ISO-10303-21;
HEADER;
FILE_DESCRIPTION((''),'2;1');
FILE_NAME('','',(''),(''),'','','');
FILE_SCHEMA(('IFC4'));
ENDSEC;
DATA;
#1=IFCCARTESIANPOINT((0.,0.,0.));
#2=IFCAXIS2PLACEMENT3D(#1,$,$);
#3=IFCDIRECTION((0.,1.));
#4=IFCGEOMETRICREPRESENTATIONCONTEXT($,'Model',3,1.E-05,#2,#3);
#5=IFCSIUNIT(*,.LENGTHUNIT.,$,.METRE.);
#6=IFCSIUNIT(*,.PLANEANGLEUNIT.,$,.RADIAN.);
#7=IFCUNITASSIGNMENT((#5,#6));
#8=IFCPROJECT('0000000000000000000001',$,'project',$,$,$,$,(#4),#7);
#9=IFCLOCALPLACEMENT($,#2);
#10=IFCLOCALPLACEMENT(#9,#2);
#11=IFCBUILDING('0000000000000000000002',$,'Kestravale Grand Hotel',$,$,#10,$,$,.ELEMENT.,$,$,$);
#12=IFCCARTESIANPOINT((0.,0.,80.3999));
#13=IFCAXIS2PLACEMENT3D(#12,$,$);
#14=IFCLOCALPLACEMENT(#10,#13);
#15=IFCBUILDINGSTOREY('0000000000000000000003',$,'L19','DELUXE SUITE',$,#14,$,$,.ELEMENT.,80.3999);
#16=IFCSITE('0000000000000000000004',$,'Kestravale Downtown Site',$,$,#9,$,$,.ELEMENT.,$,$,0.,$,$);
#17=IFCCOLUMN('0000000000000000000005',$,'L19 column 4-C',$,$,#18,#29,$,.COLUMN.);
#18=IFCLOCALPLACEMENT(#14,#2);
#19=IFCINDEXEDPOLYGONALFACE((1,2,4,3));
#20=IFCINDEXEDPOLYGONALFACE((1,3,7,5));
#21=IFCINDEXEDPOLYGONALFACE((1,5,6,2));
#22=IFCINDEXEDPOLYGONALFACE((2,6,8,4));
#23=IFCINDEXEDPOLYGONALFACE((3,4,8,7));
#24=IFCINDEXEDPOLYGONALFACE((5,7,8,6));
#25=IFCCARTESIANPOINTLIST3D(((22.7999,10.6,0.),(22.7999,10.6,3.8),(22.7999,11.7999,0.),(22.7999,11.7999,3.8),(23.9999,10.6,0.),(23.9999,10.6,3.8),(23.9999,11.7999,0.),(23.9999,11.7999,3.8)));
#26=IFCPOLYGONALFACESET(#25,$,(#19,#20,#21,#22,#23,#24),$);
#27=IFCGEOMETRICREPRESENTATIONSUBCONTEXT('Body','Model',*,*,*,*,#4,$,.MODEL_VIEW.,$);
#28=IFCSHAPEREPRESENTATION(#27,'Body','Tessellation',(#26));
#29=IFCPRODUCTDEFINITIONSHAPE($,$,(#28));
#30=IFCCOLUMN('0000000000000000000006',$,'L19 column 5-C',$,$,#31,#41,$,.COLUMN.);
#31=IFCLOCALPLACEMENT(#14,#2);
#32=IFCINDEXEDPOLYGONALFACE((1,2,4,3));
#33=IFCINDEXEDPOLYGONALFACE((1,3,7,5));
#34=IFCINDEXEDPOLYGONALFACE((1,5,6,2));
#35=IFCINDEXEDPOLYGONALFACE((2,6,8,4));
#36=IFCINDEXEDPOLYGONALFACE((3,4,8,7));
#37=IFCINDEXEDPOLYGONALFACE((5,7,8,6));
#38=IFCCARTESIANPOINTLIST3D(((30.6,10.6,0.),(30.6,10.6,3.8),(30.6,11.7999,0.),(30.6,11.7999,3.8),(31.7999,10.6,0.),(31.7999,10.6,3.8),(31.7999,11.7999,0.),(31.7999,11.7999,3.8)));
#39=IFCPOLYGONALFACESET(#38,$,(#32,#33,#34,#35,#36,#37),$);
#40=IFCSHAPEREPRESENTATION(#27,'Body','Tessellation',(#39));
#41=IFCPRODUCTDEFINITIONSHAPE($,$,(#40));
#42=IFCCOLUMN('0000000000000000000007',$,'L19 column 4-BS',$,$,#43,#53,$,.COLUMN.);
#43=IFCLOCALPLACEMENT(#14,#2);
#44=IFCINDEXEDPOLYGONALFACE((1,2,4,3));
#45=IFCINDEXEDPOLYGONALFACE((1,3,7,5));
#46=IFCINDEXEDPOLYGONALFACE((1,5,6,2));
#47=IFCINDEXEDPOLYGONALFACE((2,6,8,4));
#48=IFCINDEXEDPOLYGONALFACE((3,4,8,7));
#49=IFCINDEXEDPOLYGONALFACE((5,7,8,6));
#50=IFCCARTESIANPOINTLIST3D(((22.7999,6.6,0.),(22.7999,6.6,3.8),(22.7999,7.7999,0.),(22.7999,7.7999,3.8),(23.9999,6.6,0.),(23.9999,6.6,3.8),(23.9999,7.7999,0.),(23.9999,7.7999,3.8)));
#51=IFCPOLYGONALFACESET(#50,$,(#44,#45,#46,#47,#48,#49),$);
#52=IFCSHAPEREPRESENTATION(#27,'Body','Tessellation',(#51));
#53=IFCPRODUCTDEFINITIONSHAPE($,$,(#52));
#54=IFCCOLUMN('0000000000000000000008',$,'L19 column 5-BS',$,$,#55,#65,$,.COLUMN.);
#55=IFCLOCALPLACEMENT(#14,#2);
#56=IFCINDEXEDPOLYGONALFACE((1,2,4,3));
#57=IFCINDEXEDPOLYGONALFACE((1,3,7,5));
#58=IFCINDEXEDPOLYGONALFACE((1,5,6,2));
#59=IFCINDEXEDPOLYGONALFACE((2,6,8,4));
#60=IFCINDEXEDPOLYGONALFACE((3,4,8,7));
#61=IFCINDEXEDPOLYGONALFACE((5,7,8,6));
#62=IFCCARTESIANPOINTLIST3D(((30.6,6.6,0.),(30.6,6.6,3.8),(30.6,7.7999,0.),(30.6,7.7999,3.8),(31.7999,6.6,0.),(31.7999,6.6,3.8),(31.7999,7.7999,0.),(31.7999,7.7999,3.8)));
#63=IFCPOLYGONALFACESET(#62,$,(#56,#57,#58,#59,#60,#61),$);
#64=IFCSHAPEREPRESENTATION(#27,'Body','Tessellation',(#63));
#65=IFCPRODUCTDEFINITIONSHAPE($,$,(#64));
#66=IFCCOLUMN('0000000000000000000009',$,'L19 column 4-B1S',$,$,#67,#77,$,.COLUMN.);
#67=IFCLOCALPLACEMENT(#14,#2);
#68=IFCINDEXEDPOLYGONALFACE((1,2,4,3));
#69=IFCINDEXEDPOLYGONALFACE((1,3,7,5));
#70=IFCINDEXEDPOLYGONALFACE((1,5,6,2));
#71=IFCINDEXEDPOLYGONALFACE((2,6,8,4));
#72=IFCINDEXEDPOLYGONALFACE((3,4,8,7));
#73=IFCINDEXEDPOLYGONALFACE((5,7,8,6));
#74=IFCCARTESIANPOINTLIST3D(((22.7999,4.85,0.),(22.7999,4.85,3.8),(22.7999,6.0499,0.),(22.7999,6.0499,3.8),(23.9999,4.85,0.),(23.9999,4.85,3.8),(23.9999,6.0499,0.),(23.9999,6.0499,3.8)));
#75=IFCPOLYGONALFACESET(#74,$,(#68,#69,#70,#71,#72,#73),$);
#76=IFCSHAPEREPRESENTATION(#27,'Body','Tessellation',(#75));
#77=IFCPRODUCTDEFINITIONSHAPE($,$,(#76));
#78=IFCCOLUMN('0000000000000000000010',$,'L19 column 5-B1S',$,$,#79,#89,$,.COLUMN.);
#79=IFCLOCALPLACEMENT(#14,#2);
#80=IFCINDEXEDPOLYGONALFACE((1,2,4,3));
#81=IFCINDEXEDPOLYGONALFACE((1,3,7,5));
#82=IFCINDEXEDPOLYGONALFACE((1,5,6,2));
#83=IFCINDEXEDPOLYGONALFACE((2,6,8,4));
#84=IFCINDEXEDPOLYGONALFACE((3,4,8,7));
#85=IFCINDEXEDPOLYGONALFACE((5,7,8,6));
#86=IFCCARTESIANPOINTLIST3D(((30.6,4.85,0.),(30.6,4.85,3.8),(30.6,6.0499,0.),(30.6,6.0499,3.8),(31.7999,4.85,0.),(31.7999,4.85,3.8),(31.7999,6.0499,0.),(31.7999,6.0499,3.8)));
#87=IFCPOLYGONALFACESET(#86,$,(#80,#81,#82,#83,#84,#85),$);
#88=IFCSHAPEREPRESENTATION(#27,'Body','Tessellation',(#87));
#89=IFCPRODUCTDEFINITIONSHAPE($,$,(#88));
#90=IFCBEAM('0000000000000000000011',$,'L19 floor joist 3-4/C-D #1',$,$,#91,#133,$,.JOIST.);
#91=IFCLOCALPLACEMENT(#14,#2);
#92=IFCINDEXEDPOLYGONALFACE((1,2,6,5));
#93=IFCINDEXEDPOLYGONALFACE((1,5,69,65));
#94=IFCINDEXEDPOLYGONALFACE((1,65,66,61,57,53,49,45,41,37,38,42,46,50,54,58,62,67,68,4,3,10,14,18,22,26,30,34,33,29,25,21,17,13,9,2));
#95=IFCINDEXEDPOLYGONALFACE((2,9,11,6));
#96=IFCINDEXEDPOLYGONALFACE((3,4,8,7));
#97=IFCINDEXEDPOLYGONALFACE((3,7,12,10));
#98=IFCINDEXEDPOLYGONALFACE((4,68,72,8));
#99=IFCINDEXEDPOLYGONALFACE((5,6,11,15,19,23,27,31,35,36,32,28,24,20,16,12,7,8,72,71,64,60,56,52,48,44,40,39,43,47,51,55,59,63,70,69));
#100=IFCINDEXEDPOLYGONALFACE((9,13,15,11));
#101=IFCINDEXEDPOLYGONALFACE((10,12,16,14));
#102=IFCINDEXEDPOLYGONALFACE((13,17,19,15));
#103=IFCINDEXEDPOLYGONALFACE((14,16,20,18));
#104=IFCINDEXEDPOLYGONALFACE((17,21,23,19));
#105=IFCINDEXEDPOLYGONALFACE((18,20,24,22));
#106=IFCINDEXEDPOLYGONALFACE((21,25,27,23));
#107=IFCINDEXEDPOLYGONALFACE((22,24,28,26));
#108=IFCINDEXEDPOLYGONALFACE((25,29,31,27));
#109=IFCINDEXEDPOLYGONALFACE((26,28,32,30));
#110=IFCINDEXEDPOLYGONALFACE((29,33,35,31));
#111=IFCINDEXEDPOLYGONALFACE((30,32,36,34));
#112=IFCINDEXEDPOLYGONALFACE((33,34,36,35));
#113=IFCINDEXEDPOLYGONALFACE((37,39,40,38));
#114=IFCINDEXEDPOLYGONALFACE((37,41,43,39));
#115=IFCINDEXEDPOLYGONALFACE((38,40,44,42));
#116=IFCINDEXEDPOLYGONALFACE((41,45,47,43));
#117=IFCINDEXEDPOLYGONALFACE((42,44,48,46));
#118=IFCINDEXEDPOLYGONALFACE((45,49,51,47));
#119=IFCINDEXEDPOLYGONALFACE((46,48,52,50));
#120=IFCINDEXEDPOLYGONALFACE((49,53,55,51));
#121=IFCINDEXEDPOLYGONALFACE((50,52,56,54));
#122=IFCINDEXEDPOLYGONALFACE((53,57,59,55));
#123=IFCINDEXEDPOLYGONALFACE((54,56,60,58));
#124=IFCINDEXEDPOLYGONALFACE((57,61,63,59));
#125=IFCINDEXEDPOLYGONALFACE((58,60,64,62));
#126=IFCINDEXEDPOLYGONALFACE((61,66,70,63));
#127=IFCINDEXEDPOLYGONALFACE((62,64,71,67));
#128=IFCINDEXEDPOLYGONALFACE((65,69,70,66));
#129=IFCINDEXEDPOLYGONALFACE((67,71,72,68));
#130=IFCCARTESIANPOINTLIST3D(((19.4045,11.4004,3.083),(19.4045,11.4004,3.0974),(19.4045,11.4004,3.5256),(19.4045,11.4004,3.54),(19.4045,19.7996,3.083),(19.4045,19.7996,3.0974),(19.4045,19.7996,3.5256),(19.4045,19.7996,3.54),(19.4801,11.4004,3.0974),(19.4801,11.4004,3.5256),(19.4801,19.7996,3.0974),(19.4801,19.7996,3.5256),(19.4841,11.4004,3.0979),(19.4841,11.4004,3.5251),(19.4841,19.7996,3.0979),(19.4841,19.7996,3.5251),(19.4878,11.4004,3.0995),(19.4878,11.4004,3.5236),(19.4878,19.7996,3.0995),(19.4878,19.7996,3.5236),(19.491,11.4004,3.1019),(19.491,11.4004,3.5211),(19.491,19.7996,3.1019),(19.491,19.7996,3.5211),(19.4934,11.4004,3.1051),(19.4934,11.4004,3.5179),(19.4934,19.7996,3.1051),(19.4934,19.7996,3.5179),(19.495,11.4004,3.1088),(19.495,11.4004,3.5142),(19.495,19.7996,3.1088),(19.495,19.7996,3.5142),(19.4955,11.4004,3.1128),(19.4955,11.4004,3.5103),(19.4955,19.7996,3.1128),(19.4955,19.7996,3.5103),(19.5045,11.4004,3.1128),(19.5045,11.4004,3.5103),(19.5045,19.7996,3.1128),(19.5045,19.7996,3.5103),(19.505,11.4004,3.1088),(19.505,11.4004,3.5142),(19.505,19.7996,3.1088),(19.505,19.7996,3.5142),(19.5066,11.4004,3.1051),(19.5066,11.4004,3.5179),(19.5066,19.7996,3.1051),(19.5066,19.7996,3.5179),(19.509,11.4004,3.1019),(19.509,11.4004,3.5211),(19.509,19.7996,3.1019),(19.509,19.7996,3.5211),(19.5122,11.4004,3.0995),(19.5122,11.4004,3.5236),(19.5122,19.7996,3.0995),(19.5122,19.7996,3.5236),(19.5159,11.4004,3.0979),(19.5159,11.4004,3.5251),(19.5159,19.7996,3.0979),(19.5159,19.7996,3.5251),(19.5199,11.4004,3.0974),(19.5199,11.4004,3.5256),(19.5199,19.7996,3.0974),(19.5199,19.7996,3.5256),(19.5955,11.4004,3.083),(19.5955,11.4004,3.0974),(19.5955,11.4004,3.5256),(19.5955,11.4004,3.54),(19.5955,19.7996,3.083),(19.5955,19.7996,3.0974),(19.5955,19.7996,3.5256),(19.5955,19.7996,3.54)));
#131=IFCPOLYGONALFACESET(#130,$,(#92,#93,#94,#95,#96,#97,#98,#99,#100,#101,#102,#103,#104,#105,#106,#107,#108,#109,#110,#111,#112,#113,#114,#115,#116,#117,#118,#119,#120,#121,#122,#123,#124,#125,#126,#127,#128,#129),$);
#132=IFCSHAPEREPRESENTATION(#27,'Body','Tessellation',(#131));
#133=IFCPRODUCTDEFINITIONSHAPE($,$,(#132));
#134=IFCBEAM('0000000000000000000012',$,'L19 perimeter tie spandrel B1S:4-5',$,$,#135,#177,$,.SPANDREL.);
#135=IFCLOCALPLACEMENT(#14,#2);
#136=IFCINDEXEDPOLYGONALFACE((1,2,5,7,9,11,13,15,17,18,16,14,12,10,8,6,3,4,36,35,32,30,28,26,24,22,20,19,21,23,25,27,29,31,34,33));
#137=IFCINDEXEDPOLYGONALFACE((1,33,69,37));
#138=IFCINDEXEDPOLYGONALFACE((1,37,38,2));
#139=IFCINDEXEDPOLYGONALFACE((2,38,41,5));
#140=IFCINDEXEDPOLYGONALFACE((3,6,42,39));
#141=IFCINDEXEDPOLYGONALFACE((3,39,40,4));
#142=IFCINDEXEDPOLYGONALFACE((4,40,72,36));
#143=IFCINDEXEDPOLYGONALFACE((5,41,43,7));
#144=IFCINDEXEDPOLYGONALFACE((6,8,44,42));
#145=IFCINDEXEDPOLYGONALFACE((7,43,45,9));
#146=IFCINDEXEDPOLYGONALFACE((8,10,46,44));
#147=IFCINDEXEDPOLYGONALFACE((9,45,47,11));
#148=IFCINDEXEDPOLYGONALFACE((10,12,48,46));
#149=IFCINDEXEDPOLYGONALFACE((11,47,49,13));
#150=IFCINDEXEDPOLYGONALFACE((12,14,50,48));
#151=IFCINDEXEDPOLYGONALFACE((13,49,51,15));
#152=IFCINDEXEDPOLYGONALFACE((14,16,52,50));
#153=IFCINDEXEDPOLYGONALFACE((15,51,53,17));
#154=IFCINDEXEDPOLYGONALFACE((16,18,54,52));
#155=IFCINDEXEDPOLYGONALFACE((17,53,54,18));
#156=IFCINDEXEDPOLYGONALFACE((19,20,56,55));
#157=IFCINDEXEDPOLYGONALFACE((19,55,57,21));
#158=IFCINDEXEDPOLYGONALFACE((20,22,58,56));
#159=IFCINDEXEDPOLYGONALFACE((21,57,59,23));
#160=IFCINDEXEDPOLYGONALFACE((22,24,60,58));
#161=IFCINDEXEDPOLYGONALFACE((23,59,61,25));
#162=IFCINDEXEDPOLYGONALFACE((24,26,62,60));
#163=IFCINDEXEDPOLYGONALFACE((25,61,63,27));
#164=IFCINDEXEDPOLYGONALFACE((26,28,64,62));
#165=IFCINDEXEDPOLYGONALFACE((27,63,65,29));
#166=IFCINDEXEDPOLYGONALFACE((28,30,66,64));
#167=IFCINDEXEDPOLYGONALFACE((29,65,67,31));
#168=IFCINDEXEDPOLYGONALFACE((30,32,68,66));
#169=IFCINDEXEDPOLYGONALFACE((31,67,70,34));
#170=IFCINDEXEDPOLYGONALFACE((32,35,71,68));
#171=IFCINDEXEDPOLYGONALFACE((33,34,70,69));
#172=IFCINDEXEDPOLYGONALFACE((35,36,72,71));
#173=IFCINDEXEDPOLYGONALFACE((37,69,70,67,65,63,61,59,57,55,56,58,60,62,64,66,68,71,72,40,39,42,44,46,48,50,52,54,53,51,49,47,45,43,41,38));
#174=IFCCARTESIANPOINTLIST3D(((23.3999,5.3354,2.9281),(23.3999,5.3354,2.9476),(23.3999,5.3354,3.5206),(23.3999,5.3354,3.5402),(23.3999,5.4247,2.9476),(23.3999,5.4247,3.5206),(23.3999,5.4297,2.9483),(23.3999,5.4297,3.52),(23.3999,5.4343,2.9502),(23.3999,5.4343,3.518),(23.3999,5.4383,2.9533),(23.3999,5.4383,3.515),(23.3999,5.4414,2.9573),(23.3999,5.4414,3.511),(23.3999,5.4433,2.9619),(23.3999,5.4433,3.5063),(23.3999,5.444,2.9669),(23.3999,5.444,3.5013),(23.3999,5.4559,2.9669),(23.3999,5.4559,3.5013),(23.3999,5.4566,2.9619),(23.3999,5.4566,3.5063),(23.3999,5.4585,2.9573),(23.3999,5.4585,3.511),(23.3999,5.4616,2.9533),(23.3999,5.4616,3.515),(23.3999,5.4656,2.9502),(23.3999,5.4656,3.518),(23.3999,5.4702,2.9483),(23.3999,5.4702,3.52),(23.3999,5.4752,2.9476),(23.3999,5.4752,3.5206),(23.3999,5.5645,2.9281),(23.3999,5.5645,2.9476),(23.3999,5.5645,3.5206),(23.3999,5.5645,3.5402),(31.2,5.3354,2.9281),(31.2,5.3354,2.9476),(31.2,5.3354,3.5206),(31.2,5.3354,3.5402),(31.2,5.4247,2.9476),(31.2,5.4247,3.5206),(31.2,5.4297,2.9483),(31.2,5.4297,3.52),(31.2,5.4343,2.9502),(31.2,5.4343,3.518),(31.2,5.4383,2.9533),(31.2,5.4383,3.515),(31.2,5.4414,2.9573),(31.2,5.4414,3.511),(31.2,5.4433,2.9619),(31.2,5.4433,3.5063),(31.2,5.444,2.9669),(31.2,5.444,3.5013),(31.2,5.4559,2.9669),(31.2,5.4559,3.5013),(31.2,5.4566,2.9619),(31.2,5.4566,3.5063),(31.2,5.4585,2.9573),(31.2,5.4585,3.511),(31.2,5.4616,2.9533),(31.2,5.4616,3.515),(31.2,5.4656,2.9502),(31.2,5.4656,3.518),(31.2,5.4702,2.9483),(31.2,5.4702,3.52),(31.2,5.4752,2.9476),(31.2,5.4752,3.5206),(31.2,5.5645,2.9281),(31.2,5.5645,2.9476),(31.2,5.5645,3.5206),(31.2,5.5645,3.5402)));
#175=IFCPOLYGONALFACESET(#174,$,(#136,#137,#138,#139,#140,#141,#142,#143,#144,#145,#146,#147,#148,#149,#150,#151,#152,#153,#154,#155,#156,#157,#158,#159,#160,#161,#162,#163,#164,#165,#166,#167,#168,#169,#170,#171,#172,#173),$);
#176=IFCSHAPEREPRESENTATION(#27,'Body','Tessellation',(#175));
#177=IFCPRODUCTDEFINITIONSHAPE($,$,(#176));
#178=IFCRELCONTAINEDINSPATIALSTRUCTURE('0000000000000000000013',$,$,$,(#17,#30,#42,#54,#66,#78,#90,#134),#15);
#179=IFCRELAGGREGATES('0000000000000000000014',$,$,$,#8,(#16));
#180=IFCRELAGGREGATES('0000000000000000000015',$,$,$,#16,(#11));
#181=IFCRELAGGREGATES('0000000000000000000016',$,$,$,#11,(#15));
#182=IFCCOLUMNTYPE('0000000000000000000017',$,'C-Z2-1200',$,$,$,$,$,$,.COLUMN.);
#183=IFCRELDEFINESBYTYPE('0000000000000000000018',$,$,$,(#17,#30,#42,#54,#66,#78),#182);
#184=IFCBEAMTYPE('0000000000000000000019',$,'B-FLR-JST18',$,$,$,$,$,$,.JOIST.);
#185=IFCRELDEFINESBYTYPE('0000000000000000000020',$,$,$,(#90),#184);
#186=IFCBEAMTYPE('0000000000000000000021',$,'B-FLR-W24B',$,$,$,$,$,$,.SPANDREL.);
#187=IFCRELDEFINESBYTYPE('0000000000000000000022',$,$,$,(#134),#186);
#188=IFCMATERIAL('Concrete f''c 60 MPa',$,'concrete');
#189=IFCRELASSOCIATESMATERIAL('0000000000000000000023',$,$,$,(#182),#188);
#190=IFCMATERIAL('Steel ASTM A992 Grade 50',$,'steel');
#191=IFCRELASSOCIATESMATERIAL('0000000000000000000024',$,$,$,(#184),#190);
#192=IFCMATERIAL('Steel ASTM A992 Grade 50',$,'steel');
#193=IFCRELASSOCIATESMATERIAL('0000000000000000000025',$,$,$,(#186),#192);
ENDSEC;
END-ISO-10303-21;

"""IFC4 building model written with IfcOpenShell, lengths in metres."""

from ifc_helpers import new_model, si_unit, direction, frame, origin, origin_2d, place, context, subcontext, project, spatial, rectangle, i_section, extrude, material, material_profile, profile_set, type_object, element, save


model = new_model("IFC4")

# Units and contexts
model_context = context("Model", 3, precision=1e-05, world=origin(), true_north=direction((0.0, 1.0)))
body_context = subcontext(model_context, "Body", "Model", "MODEL_VIEW")
ifc_project = project(units=[si_unit("LENGTHUNIT", "METRE"), si_unit("PLANEANGLEUNIT", "RADIAN")], contexts=[model_context])

# Site, building, storey
site_placement = place(None, origin())
site = spatial("IfcSite", under=ifc_project, at=site_placement, Name="Kestravale Downtown Site", CompositionType="ELEMENT", RefElevation=0.0)
building_placement = place(site_placement, origin())
building = spatial("IfcBuilding", under=site, at=building_placement, Name="Kestravale Grand Hotel", CompositionType="ELEMENT")
storey_placement = place(building_placement, frame((0.0, 0.0, 80.3999)))
storey = spatial("IfcBuildingStorey", under=building, at=storey_placement, Name="L19", Description="DELUXE SUITE", CompositionType="ELEMENT", Elevation=80.3999)

# Columns
ifc_material_1 = material(Name="Concrete f'c 60 MPa", Category="concrete")
ifc_material_profile_1 = material_profile(ifc_material_1, rectangle(XDim=1.2, YDim=1.2, at=origin_2d()))
ifc_profile_set_1 = profile_set([ifc_material_profile_1], Name="Concrete f'c 60 MPa")
column_type = type_object("IfcColumnType", Name="C-Z2-1200", PredefinedType="COLUMN", material=ifc_profile_set_1)
for number, where, z_axis, x_axis, name in (
    (1, (23.3999, 11.2, 0.0), (0.0, 0.0, 1.0), (1.0, 0.0, 0.0), "L19 column 4-C"),
    (2, (31.2, 11.2, 0.0), (0.0, 0.0, 1.0), (1.0, 0.0, 0.0), "L19 column 5-C"),
    (3, (23.3999, 7.2, 0.0), (0.0, 0.0, 1.0), (1.0, 0.0, 0.0), "L19 column 4-BS"),
    (4, (31.2, 7.2, 0.0), (0.0, 0.0, 1.0), (1.0, 0.0, 0.0), "L19 column 5-BS"),
    (5, (23.3999, 5.45, 0.0), (0.0, 0.0, 1.0), (1.0, 0.0, 0.0), "L19 column 4-B1S"),
    (6, (31.2, 5.45, 0.0), (0.0, 0.0, 1.0), (1.0, 0.0, 0.0), "L19 column 5-B1S"),
):
    element("IfcColumn", number, at=place(storey_placement, frame(where, z_axis=z_axis, x_axis=x_axis)), inside=storey, type_object=column_type, Name=name, PredefinedType="COLUMN", context=body_context, shape_type="SweptSolid", body=[
        extrude(rectangle(XDim=1.2, YDim=1.2, at=origin_2d()), origin(), (0.0, 0.0, 1.0), 3.8),
    ])

# Beams
ifc_material_2 = material(Name="Steel ASTM A992 Grade 50", Category="steel")
ifc_material_profile_2 = material_profile(ifc_material_2, i_section(OverallWidth=0.1909, OverallDepth=0.457, WebThickness=0.009, FlangeThickness=0.0144, FilletRadius=0.0154, at=origin_2d()))
ifc_profile_set_2 = profile_set([ifc_material_profile_2], Name="Steel ASTM A992 Grade 50")
beam_type_1 = type_object("IfcBeamType", Name="B-FLR-JST18", PredefinedType="JOIST", material=ifc_profile_set_2)
beam_1_placement = place(storey_placement, frame((19.5, 11.4004, 3.3115), z_axis=(0.0, 1.0, 0.0), x_axis=(-1.0, 0.0, 0.0)))
element("IfcBeam", 7, at=beam_1_placement, inside=storey, type_object=beam_type_1, Name="L19 floor joist 3-4/C-D #1", PredefinedType="JOIST", context=body_context, shape_type="SweptSolid", body=[
    extrude(i_section(OverallWidth=0.1909, OverallDepth=0.457, WebThickness=0.009, FlangeThickness=0.0144, FilletRadius=0.0154, at=origin_2d()), origin(), (0.0, 0.0, 1.0), 8.3992),
])
ifc_material_3 = material(Name="Steel ASTM A992 Grade 50", Category="steel")
ifc_material_profile_3 = material_profile(ifc_material_3, i_section(OverallWidth=0.229, OverallDepth=0.6121, WebThickness=0.012, FlangeThickness=0.0195, FilletRadius=0.0193, at=origin_2d()))
ifc_profile_set_3 = profile_set([ifc_material_profile_3], Name="Steel ASTM A992 Grade 50")
beam_type_2 = type_object("IfcBeamType", Name="B-FLR-W24B", PredefinedType="SPANDREL", material=ifc_profile_set_3)
for number, where, z_axis, x_axis, name in (
    (8, (23.3999, 5.45, 3.2341), (1.0, 0.0, 0.0), (0.0, 1.0, 0.0), "L19 perimeter tie spandrel B1S:4-5"),
):
    element("IfcBeam", number, at=place(storey_placement, frame(where, z_axis=z_axis, x_axis=x_axis)), inside=storey, type_object=beam_type_2, Name=name, PredefinedType="SPANDREL", context=body_context, shape_type="SweptSolid", body=[
        extrude(i_section(OverallWidth=0.229, OverallDepth=0.6121, WebThickness=0.012, FlangeThickness=0.0195, FilletRadius=0.0193, at=origin_2d()), origin(), (0.0, 0.0, 1.0), 7.8),
    ])

save(model, "model.ifc")
